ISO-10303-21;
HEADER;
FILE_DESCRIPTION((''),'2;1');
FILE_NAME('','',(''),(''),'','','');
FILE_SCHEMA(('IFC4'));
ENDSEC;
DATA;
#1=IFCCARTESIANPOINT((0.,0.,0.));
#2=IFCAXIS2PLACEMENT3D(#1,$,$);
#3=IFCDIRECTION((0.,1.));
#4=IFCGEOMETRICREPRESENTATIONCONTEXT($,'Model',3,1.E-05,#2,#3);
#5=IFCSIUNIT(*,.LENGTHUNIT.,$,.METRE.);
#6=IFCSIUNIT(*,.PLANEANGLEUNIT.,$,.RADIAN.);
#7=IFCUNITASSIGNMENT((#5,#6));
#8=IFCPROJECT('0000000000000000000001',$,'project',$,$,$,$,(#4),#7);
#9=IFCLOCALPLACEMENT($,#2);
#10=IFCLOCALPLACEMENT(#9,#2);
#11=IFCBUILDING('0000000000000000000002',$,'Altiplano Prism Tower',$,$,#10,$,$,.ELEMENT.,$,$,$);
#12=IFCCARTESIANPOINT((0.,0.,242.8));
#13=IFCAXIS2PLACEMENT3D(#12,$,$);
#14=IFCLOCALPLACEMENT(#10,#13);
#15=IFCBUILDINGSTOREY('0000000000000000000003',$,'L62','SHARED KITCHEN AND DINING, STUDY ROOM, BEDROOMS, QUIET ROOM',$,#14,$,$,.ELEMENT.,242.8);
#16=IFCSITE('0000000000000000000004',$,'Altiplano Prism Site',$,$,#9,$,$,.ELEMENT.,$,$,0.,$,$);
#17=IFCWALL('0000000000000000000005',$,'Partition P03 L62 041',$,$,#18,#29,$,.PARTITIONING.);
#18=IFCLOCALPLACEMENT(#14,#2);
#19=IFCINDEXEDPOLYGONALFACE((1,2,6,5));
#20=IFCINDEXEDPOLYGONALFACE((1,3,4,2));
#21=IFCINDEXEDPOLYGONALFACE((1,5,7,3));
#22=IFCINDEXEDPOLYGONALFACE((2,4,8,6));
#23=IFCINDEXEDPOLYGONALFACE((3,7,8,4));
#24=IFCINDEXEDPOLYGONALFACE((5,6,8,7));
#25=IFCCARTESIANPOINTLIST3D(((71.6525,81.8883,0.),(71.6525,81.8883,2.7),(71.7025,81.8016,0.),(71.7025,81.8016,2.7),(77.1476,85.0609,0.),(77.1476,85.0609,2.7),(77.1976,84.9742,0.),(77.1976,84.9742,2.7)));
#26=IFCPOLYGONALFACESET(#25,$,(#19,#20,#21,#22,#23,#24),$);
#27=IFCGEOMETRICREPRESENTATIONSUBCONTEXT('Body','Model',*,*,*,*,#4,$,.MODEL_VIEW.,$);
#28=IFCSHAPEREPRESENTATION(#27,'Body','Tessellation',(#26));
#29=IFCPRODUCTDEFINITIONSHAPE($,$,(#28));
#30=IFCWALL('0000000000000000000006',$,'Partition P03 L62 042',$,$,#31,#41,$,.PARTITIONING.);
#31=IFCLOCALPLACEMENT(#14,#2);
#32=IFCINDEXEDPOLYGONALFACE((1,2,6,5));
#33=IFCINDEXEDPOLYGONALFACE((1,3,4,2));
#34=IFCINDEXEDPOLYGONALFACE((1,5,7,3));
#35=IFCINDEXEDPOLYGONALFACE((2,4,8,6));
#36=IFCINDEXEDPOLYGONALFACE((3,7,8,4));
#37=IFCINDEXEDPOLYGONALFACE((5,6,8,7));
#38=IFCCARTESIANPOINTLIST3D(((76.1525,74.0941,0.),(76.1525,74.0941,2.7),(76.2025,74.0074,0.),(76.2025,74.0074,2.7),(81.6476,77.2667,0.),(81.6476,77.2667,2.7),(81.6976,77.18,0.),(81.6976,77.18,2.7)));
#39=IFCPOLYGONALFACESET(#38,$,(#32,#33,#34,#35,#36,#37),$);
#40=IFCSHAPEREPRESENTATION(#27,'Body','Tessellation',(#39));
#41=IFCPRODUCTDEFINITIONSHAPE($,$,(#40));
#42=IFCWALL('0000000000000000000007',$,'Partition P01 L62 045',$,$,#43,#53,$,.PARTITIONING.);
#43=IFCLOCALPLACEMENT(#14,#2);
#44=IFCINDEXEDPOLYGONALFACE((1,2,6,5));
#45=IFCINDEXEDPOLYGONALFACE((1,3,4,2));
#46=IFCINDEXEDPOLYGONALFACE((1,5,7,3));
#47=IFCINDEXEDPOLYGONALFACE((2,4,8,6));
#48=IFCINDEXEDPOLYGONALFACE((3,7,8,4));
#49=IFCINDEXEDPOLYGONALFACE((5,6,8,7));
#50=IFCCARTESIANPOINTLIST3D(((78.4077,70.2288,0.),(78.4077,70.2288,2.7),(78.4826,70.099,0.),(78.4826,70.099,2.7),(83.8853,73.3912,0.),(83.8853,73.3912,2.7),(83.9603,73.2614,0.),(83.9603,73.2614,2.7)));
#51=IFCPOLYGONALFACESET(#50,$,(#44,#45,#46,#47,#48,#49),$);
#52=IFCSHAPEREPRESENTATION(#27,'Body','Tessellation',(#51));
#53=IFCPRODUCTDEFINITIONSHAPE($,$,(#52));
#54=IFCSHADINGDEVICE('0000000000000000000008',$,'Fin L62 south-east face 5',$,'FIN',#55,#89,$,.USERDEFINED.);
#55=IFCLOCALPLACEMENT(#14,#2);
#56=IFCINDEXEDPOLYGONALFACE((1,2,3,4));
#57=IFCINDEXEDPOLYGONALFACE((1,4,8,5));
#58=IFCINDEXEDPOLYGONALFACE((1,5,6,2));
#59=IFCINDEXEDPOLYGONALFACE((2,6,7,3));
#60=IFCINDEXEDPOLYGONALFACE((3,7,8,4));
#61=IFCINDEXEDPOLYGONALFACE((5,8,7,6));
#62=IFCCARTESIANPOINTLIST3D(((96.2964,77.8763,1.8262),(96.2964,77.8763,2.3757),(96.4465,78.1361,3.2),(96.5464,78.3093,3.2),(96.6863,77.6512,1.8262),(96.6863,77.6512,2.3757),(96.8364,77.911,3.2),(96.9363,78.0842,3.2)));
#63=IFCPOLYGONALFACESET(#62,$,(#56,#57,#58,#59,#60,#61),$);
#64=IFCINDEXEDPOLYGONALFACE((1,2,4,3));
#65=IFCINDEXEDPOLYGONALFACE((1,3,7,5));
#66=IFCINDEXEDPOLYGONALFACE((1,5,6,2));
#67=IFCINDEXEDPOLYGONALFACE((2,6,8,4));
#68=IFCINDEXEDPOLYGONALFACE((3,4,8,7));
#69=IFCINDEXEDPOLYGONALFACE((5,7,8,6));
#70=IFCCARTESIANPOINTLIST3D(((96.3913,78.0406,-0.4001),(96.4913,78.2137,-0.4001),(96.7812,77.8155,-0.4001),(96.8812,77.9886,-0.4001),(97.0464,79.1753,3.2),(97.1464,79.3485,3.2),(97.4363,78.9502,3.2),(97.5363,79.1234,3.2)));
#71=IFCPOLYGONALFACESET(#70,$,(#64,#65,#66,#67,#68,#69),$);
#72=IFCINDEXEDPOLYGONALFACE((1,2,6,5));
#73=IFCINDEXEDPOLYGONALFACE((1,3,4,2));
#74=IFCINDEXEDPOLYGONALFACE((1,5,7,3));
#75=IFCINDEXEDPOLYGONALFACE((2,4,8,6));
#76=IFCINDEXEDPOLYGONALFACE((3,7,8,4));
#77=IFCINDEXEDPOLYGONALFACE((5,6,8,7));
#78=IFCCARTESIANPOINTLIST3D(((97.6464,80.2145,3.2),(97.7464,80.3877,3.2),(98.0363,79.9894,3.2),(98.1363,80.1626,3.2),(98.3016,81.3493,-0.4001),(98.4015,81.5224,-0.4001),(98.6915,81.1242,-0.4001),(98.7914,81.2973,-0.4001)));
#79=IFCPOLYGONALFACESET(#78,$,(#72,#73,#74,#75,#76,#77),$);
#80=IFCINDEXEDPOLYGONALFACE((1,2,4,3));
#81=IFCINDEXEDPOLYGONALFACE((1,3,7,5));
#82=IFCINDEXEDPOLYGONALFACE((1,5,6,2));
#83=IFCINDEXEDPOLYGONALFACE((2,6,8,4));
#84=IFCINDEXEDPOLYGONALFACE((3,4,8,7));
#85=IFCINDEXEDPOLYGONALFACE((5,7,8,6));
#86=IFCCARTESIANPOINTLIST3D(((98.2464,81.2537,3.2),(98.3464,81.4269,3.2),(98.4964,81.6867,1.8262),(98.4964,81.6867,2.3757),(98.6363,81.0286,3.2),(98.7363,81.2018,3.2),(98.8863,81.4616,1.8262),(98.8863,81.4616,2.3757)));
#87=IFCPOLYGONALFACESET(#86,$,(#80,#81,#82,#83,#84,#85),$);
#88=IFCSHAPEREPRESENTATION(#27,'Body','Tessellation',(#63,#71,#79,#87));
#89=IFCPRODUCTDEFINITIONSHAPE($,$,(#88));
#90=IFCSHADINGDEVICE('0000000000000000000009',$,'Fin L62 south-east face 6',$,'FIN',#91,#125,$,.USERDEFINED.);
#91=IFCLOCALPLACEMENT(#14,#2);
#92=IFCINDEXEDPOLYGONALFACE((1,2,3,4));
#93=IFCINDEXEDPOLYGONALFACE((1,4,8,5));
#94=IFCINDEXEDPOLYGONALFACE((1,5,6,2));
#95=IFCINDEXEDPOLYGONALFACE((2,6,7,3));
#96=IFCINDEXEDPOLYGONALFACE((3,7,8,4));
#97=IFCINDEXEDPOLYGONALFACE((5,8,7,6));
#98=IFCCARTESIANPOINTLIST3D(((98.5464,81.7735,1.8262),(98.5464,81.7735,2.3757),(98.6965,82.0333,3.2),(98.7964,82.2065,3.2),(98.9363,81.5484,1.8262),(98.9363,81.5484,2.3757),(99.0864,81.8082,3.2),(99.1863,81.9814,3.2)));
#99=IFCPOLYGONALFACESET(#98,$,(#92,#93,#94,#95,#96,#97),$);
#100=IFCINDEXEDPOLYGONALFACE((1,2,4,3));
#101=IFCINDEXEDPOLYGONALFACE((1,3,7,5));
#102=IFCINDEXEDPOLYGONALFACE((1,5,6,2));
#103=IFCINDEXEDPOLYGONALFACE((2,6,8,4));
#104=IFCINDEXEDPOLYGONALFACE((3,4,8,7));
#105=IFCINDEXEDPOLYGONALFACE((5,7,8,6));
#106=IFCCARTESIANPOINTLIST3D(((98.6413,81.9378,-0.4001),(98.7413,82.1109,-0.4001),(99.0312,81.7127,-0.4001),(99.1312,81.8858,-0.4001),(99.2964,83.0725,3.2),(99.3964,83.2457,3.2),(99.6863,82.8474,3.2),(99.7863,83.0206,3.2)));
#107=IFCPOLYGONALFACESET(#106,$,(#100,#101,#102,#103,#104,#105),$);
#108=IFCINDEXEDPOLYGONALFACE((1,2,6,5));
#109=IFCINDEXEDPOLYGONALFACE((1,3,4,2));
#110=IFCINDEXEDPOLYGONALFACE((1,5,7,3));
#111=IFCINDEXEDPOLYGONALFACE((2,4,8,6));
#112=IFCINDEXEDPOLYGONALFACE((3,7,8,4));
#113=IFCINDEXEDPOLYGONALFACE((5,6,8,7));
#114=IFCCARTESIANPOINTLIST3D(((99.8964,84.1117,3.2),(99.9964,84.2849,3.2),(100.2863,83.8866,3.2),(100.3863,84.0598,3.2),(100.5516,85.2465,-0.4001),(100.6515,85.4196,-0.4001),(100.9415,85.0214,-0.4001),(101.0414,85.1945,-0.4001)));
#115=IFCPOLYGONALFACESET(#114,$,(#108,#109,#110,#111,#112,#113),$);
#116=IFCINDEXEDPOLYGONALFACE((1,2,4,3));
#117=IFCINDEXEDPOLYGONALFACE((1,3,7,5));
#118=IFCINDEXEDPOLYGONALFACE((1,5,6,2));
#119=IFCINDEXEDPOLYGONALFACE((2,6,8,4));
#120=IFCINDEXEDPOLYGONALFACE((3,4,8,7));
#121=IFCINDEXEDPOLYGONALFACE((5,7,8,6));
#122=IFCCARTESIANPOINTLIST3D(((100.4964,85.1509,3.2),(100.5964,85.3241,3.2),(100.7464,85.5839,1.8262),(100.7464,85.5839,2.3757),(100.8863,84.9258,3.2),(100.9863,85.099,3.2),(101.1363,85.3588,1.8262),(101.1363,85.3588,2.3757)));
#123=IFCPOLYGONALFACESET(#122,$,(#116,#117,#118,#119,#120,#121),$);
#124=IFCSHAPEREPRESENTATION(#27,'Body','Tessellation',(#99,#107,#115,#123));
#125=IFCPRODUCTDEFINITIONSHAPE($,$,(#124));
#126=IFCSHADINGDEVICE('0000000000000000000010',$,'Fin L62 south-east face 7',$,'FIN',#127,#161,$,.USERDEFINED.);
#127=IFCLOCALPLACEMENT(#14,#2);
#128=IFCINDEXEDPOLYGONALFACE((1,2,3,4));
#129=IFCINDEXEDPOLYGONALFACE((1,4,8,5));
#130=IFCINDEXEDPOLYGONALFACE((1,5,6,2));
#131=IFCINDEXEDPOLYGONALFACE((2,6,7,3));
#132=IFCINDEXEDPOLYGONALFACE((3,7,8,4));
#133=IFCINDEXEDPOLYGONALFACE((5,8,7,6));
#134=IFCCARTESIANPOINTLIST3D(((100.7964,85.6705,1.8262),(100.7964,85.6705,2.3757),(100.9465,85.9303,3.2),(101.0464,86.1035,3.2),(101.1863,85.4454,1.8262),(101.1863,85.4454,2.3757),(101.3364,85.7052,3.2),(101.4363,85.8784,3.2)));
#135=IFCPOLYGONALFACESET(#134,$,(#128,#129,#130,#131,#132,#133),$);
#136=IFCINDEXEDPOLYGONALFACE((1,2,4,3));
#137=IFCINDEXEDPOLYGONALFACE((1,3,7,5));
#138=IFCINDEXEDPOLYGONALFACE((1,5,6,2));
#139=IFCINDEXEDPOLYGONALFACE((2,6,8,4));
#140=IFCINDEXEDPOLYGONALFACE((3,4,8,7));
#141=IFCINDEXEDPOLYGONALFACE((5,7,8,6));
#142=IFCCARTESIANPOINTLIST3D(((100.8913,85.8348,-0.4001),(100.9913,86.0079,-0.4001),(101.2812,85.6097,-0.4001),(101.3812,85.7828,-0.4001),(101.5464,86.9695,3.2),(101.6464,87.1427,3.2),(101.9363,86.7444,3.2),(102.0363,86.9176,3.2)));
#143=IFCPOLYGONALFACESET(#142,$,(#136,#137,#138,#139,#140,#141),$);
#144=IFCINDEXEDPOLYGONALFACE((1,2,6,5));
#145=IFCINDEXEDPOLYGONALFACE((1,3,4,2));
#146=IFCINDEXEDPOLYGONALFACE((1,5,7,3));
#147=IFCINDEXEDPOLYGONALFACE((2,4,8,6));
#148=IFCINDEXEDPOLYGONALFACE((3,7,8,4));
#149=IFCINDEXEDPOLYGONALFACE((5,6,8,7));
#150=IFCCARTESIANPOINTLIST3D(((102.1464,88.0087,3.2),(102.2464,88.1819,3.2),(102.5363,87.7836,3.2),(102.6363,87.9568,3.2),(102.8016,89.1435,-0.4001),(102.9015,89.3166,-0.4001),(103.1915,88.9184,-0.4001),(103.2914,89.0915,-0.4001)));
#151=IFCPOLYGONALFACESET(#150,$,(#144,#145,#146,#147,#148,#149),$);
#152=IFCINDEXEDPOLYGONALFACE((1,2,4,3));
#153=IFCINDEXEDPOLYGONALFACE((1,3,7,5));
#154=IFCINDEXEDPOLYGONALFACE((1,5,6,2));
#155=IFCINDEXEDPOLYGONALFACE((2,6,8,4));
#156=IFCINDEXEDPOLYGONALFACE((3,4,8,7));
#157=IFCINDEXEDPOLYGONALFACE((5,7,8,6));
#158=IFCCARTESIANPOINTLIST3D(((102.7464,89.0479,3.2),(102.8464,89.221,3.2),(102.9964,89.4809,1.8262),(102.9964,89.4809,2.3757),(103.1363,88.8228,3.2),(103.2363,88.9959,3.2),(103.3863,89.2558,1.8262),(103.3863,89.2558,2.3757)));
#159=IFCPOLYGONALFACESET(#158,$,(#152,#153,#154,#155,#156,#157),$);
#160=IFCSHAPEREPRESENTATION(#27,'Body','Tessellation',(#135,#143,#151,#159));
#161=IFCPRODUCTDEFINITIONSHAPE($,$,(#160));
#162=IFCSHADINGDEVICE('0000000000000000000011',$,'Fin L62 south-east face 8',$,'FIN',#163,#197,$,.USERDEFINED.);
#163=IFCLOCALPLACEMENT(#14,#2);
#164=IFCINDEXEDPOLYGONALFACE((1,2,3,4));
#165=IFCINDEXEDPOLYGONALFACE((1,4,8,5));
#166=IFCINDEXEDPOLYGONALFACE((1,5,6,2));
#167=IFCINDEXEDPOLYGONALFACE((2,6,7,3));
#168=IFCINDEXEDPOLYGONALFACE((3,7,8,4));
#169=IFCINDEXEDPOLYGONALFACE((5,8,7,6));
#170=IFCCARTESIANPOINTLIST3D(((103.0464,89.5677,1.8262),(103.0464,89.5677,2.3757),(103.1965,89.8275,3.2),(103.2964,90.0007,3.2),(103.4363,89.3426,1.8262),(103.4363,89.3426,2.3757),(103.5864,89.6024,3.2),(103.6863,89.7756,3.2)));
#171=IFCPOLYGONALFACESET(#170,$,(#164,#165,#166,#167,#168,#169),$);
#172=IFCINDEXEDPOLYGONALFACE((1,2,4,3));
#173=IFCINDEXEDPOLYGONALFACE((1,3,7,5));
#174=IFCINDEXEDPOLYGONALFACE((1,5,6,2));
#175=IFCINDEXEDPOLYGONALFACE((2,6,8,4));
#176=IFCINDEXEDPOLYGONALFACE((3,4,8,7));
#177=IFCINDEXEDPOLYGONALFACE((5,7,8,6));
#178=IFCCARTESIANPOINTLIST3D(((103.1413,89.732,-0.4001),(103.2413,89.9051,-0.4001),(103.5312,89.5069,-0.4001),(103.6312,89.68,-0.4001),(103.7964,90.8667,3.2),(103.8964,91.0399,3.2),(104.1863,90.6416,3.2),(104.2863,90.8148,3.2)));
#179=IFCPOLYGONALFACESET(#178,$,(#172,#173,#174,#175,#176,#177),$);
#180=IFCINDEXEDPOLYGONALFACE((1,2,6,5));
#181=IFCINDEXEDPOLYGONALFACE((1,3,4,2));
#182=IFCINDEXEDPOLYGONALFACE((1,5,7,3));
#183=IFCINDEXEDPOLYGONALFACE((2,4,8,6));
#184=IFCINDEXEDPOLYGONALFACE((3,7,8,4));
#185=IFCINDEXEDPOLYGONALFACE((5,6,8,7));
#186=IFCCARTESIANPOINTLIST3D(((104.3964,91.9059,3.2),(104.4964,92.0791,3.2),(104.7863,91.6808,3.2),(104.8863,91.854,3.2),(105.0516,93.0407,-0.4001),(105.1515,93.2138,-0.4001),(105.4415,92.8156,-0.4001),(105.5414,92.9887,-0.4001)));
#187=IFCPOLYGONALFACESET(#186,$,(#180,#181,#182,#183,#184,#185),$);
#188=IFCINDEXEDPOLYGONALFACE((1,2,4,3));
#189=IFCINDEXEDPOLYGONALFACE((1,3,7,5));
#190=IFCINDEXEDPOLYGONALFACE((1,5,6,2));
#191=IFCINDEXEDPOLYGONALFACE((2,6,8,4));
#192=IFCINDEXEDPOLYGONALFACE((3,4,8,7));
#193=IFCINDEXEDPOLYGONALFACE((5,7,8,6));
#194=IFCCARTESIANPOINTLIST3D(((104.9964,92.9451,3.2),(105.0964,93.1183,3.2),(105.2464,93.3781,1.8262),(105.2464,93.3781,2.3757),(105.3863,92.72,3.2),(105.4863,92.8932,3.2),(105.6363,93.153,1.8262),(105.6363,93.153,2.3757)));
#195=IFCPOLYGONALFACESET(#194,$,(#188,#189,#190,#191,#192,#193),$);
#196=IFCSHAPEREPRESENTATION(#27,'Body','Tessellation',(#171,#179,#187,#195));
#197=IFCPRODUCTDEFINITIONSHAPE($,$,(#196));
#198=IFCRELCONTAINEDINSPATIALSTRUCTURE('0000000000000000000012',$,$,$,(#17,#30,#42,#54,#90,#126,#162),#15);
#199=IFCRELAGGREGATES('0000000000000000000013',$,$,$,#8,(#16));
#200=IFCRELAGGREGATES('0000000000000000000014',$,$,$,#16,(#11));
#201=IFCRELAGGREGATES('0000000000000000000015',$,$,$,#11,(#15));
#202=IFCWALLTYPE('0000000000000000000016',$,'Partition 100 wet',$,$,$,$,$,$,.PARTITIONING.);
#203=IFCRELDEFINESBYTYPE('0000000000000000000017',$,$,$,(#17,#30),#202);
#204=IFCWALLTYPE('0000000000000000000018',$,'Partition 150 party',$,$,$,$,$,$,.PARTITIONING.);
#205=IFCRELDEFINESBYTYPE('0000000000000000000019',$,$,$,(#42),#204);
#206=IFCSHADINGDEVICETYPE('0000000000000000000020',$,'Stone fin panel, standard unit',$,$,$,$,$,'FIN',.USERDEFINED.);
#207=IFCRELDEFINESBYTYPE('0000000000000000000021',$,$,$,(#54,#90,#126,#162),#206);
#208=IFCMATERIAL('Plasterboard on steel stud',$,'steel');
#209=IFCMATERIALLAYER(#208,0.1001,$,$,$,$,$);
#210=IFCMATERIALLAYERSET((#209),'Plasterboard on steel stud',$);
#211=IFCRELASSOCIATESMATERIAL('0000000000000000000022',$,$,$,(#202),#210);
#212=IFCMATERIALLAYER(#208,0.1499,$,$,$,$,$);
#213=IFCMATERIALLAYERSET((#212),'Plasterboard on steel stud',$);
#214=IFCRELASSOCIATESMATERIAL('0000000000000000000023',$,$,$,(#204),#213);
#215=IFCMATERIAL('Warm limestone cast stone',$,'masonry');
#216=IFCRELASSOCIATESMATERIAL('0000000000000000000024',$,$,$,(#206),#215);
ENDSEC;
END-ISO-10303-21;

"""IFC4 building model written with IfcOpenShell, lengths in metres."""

from ifc_helpers import new_model, si_unit, direction, frame, frame_2d, origin, place, context, subcontext, project, spatial, polyline, rectangle, outline, extrude, source, transform, mapped, material, layer, layer_set, type_object, element, save


model = new_model("IFC4")

# Units and contexts
model_context = context("Model", 3, precision=1e-05, world=origin(), true_north=direction((0.0, 1.0)))
body_context = subcontext(model_context, "Body", "Model", "MODEL_VIEW")
ifc_project = project(units=[si_unit("LENGTHUNIT", "METRE"), si_unit("PLANEANGLEUNIT", "RADIAN")], contexts=[model_context])

# Site, building, storey
site_placement = place(None, origin())
site = spatial("IfcSite", under=ifc_project, at=site_placement, Name="Altiplano Prism Site", CompositionType="ELEMENT", RefElevation=0.0)
building_placement = place(site_placement, origin())
building = spatial("IfcBuilding", under=site, at=building_placement, Name="Altiplano Prism Tower", CompositionType="ELEMENT")
storey_placement = place(building_placement, frame((0.0, 0.0, 242.8)))
storey = spatial("IfcBuildingStorey", under=building, at=storey_placement, Name="L62", Description="SHARED KITCHEN AND DINING, STUDY ROOM, BEDROOMS, QUIET ROOM", CompositionType="ELEMENT", Elevation=242.8)

# Shared definitions
ifc_material_1 = material(Name="Plasterboard on steel stud", Category="steel")

# Walls
ifc_layer_1 = layer(ifc_material_1, 0.1001)
ifc_layer_set_1 = layer_set([ifc_layer_1], Name="Plasterboard on steel stud")
wall_type_1 = type_object("IfcWallType", Name="Partition 100 wet", PredefinedType="PARTITIONING", material=ifc_layer_set_1)
for number, where, z_axis, x_axis, name in (
    (1, (71.6775, 81.845, 0.0), (0.0, 0.0, 1.0), (0.866025, 0.5, 0.0), "Partition P03 L62 041"),
    (2, (76.1775, 74.0508, 0.0), (0.0, 0.0, 1.0), (0.866025, 0.5, 0.0), "Partition P03 L62 042"),
):
    element("IfcWall", number, at=place(storey_placement, frame(where, z_axis=z_axis, x_axis=x_axis)), inside=storey, type_object=wall_type_1, Name=name, PredefinedType="PARTITIONING", context=body_context, shape_type="SweptSolid", body=[
        extrude(rectangle(XDim=6.3452, YDim=0.1001, at=frame_2d((3.1726, 0.0))), origin(), (0.0, 0.0, 1.0), 2.7),
    ])
ifc_layer_2 = layer(ifc_material_1, 0.1499)
ifc_layer_set_2 = layer_set([ifc_layer_2], Name="Plasterboard on steel stud")
wall_type_2 = type_object("IfcWallType", Name="Partition 150 party", PredefinedType="PARTITIONING", material=ifc_layer_set_2)
wall_1_placement = place(storey_placement, frame((78.4451, 70.1638, 0.0), z_axis=(0.0, 0.0, 1.0), x_axis=(0.866033, 0.499988, 0.0)))
element("IfcWall", 3, at=wall_1_placement, inside=storey, type_object=wall_type_2, Name="Partition P01 L62 045", PredefinedType="PARTITIONING", context=body_context, shape_type="SweptSolid", body=[
    extrude(rectangle(XDim=6.325, YDim=0.1499, at=frame_2d((3.1626, 0.0))), origin(), (0.0, 0.0, 1.0), 2.7),
])

# Shading devices
ifc_material_2 = material(Name="Warm limestone cast stone", Category="masonry")
shading_device_type_1 = type_object("IfcShadingDeviceType", Name="Stone fin panel, standard unit", ElementType="FIN", PredefinedType="USERDEFINED", material=ifc_material_2)
shared_shape_1 = source(origin(), body_context, "Body", "SweptSolid", [
    extrude(outline(polyline([(-2.2, 2.2263), (-1.7, 3.6001), (-1.8999, 3.6001), (-2.2, 2.7759), (-2.2, 2.2263)])), frame((0.0, -0.1499, 0.0), z_axis=(0.0, -1.0, 0.0), x_axis=(1.0, 0.0, 0.0)), (0.0, 0.0, 1.0), 0.4502),
    extrude(outline(polyline([(-2.0103, 0.0), (-1.8103, 0.0), (-0.5, 3.6001), (-0.7, 3.6001), (-2.0103, 0.0)])), frame((0.0, -0.1499, 0.0), z_axis=(0.0, -1.0, 0.0), x_axis=(1.0, 0.0, 0.0)), (0.0, 0.0, 1.0), 0.4502),
    extrude(outline(polyline([(1.8103, 0.0), (2.0103, 0.0), (0.7, 3.6001), (0.5, 3.6001), (1.8103, 0.0)])), frame((0.0, -0.1499, 0.0), z_axis=(0.0, -1.0, 0.0), x_axis=(1.0, 0.0, 0.0)), (0.0, 0.0, 1.0), 0.4502),
    extrude(outline(polyline([(2.2, 2.7759), (1.8999, 3.6001), (1.7, 3.6001), (2.2, 2.2263), (2.2, 2.7759)])), frame((0.0, -0.1499, 0.0), z_axis=(0.0, -1.0, 0.0), x_axis=(1.0, 0.0, 0.0)), (0.0, 0.0, 1.0), 0.4502),
])
shading_device_1_placement = place(storey_placement, origin())
element("IfcShadingDevice", 4, at=shading_device_1_placement, inside=storey, type_object=shading_device_type_1, Name="Fin L62 south-east face 5", ObjectType="FIN", PredefinedType="USERDEFINED", context=body_context, shape_type="MappedRepresentation", body=[
    mapped(shared_shape_1, transform((97.2666, 79.8564, -0.4001), x_axis=(0.5, 0.866025, 0.0), y_axis=(-0.866025, 0.5, 0.0), z_axis=(0.0, 0.0, 1.0))),
])
shading_device_2_placement = place(storey_placement, origin())
element("IfcShadingDevice", 5, at=shading_device_2_placement, inside=storey, type_object=shading_device_type_1, Name="Fin L62 south-east face 6", ObjectType="FIN", PredefinedType="USERDEFINED", context=body_context, shape_type="MappedRepresentation", body=[
    mapped(shared_shape_1, transform((99.5166, 83.7537, -0.4001), x_axis=(0.5, 0.866025, 0.0), y_axis=(-0.866025, 0.5, 0.0), z_axis=(0.0, 0.0, 1.0))),
])
shading_device_3_placement = place(storey_placement, origin())
element("IfcShadingDevice", 6, at=shading_device_3_placement, inside=storey, type_object=shading_device_type_1, Name="Fin L62 south-east face 7", ObjectType="FIN", PredefinedType="USERDEFINED", context=body_context, shape_type="MappedRepresentation", body=[
    mapped(shared_shape_1, transform((101.7666, 87.6506, -0.4001), x_axis=(0.5, 0.866025, 0.0), y_axis=(-0.866025, 0.5, 0.0), z_axis=(0.0, 0.0, 1.0))),
])
shading_device_4_placement = place(storey_placement, origin())
element("IfcShadingDevice", 7, at=shading_device_4_placement, inside=storey, type_object=shading_device_type_1, Name="Fin L62 south-east face 8", ObjectType="FIN", PredefinedType="USERDEFINED", context=body_context, shape_type="MappedRepresentation", body=[
    mapped(shared_shape_1, transform((104.0166, 91.5479, -0.4001), x_axis=(0.5, 0.866025, 0.0), y_axis=(-0.866025, 0.5, 0.0), z_axis=(0.0, 0.0, 1.0))),
])

save(model, "model.ifc")
